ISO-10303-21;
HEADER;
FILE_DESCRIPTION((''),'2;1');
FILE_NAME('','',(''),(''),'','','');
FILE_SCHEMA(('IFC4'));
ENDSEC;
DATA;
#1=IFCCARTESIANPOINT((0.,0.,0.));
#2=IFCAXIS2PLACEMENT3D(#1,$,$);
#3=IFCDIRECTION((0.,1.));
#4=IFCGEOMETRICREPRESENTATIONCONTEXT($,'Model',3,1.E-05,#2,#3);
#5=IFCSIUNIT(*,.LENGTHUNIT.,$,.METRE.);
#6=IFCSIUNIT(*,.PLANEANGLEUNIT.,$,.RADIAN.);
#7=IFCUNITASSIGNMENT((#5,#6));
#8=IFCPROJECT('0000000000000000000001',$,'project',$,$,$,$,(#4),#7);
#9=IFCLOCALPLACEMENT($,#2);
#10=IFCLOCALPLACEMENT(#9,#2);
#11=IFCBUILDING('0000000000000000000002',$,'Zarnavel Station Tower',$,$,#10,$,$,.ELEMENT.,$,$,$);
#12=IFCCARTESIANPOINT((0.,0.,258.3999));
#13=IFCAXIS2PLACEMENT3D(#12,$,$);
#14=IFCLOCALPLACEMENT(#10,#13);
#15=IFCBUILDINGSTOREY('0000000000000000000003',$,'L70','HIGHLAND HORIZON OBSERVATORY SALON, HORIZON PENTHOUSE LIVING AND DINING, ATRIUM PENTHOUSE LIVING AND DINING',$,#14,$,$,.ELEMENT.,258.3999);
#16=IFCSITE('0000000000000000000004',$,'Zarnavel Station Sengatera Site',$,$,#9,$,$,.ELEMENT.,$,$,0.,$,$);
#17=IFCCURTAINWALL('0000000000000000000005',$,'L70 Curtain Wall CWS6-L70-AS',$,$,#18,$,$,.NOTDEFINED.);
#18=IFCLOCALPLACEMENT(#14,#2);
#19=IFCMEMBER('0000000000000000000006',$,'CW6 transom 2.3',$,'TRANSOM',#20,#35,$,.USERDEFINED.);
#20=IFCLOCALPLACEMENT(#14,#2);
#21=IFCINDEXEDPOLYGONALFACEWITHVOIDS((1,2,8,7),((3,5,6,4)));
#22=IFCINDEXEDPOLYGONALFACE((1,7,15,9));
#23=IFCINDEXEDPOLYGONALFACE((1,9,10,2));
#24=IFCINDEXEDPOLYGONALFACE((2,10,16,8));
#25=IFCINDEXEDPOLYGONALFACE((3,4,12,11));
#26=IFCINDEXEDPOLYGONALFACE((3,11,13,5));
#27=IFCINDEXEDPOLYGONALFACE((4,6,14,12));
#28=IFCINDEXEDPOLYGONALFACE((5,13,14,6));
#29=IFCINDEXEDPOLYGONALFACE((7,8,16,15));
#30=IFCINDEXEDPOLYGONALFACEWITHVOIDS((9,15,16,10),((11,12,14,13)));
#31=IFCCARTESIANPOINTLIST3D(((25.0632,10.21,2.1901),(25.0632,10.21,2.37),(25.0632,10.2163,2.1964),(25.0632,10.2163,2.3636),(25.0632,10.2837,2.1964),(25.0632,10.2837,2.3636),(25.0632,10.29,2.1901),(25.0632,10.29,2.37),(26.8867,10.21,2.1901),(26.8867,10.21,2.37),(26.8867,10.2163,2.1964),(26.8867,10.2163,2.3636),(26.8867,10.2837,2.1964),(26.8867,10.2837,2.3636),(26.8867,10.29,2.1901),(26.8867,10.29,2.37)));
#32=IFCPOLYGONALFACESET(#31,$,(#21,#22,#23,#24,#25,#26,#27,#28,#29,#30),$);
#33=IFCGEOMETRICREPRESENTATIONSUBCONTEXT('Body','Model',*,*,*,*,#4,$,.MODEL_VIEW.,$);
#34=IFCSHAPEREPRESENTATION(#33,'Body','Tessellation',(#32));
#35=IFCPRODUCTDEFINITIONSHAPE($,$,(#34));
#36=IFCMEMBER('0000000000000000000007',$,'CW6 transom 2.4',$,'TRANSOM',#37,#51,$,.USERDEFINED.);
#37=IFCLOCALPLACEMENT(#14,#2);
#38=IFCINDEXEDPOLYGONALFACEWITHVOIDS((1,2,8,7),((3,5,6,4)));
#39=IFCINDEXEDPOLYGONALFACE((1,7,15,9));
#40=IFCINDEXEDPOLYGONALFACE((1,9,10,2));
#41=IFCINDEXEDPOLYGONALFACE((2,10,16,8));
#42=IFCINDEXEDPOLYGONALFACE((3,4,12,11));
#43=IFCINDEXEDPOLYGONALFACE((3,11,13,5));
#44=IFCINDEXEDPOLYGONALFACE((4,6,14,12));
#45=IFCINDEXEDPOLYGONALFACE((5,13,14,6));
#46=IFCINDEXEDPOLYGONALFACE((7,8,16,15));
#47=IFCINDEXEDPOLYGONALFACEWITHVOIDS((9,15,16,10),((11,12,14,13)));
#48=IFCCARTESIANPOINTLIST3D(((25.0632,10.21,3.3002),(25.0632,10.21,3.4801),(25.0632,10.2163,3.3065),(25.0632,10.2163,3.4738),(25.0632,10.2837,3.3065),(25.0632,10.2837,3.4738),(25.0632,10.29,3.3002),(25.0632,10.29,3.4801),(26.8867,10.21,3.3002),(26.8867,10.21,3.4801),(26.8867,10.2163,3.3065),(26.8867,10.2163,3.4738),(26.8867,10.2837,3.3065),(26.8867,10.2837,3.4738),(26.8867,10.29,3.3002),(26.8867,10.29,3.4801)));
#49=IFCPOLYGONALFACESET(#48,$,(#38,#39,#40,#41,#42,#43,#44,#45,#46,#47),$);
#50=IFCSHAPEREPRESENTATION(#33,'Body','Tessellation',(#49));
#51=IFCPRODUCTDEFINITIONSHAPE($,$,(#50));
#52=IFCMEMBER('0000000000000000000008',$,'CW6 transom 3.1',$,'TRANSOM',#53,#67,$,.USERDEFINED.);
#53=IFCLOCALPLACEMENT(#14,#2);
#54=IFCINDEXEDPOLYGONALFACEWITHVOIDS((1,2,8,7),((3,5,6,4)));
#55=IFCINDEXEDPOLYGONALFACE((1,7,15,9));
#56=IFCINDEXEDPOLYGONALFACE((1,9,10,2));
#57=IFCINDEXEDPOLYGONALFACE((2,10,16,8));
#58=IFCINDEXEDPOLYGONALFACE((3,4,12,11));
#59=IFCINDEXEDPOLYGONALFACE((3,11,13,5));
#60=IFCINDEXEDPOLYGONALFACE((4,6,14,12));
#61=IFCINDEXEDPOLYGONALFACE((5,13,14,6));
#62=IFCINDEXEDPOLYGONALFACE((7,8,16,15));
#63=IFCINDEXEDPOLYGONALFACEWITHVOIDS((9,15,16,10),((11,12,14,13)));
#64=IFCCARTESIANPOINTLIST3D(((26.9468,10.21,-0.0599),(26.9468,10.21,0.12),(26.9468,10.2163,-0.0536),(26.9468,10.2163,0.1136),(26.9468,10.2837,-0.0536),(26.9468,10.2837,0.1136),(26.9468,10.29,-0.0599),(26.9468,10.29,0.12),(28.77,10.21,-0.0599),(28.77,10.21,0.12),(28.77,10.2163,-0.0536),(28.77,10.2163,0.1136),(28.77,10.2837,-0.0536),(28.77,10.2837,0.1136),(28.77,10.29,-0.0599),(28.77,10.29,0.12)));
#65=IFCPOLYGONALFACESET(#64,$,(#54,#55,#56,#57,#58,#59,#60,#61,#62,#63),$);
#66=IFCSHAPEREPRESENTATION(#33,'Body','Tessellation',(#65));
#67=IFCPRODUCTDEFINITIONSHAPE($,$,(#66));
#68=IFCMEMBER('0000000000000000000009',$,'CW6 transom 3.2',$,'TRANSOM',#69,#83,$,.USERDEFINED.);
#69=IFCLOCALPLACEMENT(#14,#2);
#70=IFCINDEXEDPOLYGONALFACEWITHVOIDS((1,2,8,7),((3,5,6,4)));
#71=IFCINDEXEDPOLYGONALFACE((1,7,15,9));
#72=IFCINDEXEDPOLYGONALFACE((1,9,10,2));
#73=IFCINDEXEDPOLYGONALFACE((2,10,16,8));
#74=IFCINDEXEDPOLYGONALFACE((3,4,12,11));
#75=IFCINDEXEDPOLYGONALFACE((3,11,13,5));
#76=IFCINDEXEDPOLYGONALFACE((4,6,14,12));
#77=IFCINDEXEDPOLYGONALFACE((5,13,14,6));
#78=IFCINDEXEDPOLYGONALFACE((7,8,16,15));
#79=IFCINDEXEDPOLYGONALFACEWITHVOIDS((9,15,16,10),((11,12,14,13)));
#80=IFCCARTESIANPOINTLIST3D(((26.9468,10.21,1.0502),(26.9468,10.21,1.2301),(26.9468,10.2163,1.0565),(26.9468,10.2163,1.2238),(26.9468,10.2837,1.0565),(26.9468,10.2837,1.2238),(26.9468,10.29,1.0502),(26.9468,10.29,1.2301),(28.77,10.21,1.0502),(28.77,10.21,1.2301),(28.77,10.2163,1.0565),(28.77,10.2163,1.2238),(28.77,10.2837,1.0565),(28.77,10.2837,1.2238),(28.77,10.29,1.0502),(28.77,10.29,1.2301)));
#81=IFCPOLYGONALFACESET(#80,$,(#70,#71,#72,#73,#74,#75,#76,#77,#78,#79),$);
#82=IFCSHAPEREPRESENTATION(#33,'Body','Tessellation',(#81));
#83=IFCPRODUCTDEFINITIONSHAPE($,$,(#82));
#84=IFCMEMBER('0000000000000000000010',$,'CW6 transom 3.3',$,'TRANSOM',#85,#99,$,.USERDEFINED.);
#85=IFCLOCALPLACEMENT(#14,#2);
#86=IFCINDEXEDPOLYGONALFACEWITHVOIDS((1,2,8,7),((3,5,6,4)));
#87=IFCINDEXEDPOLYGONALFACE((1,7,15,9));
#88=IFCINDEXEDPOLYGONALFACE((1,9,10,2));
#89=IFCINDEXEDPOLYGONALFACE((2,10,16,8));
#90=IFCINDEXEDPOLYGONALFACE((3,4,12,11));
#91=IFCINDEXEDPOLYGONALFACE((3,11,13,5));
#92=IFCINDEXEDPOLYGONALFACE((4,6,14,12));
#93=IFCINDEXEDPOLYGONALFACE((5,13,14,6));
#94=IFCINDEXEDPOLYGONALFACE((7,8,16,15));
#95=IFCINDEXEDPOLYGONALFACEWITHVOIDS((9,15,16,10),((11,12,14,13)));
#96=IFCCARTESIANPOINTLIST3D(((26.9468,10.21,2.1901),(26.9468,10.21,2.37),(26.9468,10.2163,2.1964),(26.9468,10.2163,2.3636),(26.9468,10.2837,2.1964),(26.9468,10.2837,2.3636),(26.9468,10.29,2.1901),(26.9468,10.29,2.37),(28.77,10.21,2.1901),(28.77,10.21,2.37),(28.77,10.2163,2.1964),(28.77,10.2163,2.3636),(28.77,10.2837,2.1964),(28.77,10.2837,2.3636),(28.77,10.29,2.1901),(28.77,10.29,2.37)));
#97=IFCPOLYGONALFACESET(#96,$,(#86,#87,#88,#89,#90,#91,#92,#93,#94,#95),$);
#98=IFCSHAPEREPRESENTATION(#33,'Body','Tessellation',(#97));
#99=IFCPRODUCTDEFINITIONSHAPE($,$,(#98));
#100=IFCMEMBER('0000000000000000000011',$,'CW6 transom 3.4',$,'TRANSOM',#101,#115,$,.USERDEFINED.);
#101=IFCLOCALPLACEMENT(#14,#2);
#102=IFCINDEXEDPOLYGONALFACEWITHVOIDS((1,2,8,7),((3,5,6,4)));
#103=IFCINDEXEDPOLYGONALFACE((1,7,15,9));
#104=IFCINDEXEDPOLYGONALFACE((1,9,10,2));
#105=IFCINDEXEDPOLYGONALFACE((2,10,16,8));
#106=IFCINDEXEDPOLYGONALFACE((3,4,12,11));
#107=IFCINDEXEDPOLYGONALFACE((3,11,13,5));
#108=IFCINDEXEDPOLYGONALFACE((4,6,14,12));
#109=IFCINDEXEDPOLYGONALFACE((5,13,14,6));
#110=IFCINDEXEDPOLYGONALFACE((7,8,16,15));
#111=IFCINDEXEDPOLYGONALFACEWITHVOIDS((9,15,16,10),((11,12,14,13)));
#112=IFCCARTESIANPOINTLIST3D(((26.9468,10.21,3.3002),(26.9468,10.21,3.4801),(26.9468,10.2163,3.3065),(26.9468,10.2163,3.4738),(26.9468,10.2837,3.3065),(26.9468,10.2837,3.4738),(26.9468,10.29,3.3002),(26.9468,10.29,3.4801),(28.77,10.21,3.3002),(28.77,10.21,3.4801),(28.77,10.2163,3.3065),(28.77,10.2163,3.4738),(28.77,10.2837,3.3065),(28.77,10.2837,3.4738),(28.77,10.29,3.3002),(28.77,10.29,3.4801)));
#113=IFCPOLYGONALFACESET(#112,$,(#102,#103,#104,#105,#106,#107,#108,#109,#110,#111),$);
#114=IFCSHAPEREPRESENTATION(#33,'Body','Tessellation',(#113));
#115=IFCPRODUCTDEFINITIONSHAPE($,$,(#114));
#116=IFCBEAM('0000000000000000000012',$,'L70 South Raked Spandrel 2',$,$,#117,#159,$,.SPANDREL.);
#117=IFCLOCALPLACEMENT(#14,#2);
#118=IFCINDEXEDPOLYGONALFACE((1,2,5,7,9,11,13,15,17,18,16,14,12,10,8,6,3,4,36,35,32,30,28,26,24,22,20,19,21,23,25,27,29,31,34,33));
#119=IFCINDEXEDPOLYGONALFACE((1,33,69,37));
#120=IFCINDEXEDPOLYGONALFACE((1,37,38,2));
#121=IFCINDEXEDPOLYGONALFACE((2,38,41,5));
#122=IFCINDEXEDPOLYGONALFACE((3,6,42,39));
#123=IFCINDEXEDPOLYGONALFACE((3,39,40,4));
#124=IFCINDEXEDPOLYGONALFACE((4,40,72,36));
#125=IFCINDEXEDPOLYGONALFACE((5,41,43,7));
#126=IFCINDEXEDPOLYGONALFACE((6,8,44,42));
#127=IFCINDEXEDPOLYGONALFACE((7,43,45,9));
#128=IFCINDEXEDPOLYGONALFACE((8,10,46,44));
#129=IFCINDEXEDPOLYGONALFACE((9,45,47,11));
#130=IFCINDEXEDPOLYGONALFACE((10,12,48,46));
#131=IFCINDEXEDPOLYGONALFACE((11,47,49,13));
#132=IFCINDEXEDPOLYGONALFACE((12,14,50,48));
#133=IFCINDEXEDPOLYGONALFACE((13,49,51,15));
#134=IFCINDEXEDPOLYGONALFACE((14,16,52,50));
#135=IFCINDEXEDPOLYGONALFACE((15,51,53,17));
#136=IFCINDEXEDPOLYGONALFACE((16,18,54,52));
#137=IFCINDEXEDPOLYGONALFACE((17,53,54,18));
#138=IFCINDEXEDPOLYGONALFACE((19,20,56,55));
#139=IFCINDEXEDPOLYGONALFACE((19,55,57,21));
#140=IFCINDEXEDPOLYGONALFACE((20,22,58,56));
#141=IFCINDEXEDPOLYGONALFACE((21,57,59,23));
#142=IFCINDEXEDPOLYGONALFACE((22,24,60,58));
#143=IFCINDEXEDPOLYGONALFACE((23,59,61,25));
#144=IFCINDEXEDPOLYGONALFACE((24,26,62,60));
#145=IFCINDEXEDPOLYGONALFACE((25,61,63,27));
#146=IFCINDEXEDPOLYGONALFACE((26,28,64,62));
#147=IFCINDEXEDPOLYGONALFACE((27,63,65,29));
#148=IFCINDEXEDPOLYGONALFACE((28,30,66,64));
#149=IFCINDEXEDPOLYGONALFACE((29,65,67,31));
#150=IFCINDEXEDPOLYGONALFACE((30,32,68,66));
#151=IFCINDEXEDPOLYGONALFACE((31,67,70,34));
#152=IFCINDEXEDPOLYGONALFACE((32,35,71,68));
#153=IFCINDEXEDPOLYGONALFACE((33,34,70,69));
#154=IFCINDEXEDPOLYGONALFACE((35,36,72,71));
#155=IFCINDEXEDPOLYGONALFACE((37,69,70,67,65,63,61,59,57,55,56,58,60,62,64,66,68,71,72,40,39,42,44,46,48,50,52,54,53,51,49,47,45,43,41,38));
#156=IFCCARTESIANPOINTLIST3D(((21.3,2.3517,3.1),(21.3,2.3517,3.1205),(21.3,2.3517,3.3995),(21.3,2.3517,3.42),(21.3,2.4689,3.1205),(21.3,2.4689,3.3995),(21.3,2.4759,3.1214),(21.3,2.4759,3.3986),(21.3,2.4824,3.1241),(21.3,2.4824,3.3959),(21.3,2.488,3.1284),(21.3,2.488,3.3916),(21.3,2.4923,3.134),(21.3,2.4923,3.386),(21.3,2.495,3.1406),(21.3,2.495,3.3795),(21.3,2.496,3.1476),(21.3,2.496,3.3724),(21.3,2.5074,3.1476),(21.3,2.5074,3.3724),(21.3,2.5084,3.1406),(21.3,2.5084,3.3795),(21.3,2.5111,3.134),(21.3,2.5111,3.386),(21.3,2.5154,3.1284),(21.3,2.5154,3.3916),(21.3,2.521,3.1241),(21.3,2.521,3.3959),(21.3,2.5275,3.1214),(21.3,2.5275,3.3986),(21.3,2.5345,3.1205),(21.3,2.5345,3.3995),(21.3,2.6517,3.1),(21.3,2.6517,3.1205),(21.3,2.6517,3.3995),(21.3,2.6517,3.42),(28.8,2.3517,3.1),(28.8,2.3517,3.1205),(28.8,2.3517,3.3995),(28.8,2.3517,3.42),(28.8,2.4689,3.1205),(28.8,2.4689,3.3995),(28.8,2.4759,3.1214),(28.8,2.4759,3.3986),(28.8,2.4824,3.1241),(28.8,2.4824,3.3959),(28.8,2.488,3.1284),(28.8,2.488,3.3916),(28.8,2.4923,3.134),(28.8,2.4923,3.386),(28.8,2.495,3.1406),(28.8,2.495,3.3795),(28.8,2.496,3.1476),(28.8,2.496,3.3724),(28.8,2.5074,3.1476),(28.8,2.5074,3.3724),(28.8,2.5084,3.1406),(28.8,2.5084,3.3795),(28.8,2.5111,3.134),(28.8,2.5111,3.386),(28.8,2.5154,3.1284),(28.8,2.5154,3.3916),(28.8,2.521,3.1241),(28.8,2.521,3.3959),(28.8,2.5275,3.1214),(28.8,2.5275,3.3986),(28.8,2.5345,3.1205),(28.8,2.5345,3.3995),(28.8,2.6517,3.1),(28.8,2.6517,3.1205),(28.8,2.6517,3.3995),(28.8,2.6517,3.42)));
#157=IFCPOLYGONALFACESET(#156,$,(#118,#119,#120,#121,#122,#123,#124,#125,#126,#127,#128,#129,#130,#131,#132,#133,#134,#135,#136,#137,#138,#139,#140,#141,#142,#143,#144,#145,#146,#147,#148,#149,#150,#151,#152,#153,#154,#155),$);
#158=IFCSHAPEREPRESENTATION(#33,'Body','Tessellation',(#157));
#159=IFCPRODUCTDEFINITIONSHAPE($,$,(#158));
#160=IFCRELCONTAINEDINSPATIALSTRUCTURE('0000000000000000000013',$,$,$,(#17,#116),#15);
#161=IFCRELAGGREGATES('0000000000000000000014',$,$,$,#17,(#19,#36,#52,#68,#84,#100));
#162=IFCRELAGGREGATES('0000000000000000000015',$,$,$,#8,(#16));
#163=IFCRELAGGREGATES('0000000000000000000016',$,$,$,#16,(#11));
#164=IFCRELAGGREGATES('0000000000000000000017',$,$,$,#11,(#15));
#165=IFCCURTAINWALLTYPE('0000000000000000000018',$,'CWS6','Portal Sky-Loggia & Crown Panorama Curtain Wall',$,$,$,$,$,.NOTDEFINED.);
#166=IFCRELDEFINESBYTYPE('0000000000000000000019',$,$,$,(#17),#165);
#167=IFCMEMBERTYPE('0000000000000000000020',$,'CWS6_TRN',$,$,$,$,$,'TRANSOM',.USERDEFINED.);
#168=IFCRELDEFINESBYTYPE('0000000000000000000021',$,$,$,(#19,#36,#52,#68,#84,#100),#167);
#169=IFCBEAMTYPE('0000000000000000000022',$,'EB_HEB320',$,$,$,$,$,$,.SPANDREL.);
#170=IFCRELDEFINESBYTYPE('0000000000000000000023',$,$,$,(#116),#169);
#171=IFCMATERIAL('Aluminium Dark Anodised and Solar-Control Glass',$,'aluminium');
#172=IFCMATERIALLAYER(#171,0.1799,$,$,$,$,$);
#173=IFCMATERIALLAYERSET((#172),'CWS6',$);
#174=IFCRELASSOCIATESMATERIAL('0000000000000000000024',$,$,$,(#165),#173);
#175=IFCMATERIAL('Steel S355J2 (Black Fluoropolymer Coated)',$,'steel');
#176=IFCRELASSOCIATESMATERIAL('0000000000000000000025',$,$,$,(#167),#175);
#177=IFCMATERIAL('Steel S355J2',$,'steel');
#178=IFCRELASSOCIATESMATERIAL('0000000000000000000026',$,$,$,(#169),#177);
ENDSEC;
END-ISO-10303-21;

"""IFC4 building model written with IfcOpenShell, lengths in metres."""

from ifc_helpers import new_model, si_unit, direction, frame, origin, origin_2d, place, context, subcontext, project, spatial, hollow_rectangle, i_section, extrude, material, layer, layer_set, material_profile, profile_set, type_object, element, aggregate, save


model = new_model("IFC4")

# Units and contexts
model_context = context("Model", 3, precision=1e-05, world=origin(), true_north=direction((0.0, 1.0)))
body_context = subcontext(model_context, "Body", "Model", "MODEL_VIEW")
ifc_project = project(units=[si_unit("LENGTHUNIT", "METRE"), si_unit("PLANEANGLEUNIT", "RADIAN")], contexts=[model_context])

# Site, building, storey
site_placement = place(None, origin())
site = spatial("IfcSite", under=ifc_project, at=site_placement, Name="Zarnavel Station Sengatera Site", CompositionType="ELEMENT", RefElevation=0.0)
building_placement = place(site_placement, origin())
building = spatial("IfcBuilding", under=site, at=building_placement, Name="Zarnavel Station Tower", CompositionType="ELEMENT")
storey_placement = place(building_placement, frame((0.0, 0.0, 258.3999)))
storey = spatial("IfcBuildingStorey", under=building, at=storey_placement, Name="L70", Description="HIGHLAND HORIZON OBSERVATORY SALON, HORIZON PENTHOUSE LIVING AND DINING, ATRIUM PENTHOUSE LIVING AND DINING", CompositionType="ELEMENT", Elevation=258.3999)

# Curtain wall, members
ifc_material_1 = material(Name="Aluminium Dark Anodised and Solar-Control Glass", Category="aluminium")
ifc_layer_1 = layer(ifc_material_1, 0.1799)
ifc_layer_set_1 = layer_set([ifc_layer_1], Name="CWS6")
curtain_wall_type = type_object("IfcCurtainWallType", Name="CWS6", Description="Portal Sky-Loggia & Crown Panorama Curtain Wall", PredefinedType="NOTDEFINED", material=ifc_layer_set_1)
curtain_wall_placement = place(storey_placement, origin())
curtain_wall = element("IfcCurtainWall", 1, at=curtain_wall_placement, inside=storey, type_object=curtain_wall_type, Name="L70 Curtain Wall CWS6-L70-AS", PredefinedType="NOTDEFINED")
ifc_material_2 = material(Name="Steel S355J2 (Black Fluoropolymer Coated)", Category="steel")
ifc_material_profile_1 = material_profile(ifc_material_2, hollow_rectangle(XDim=0.0801, YDim=0.1799, WallThickness=0.0063, at=origin_2d()), Name="RHS180x80x6.3")
ifc_profile_set_1 = profile_set([ifc_material_profile_1], Name="Steel S355J2 (Black Fluoropolymer Coated)")
member_type_1 = type_object("IfcMemberType", Name="CWS6_TRN", ElementType="TRANSOM", PredefinedType="USERDEFINED", material=ifc_profile_set_1)
member_1_placement = place(storey_placement, frame((25.0632, 10.25, 2.28), z_axis=(1.0, 0.0, 0.0), x_axis=(0.0, 1.0, 0.0)))
member_1 = element("IfcMember", 2, at=member_1_placement, type_object=member_type_1, Name="CW6 transom 2.3", ObjectType="TRANSOM", PredefinedType="USERDEFINED", context=body_context, shape_type="SweptSolid", body=[
    extrude(hollow_rectangle(XDim=0.0801, YDim=0.1799, WallThickness=0.0063, at=origin_2d()), origin(), (0.0, 0.0, 1.0), 1.8235),
])
member_2_placement = place(storey_placement, frame((25.0632, 10.25, 3.3901), z_axis=(1.0, 0.0, 0.0), x_axis=(0.0, 1.0, 0.0)))
member_2 = element("IfcMember", 3, at=member_2_placement, type_object=member_type_1, Name="CW6 transom 2.4", ObjectType="TRANSOM", PredefinedType="USERDEFINED", context=body_context, shape_type="SweptSolid", body=[
    extrude(hollow_rectangle(XDim=0.0801, YDim=0.1799, WallThickness=0.0063, at=origin_2d()), origin(), (0.0, 0.0, 1.0), 1.8235),
])
member_3_placement = place(storey_placement, frame((26.9468, 10.25, 0.03), z_axis=(1.0, 0.0, 0.0), x_axis=(0.0, 1.0, 0.0)))
member_3 = element("IfcMember", 4, at=member_3_placement, type_object=member_type_1, Name="CW6 transom 3.1", ObjectType="TRANSOM", PredefinedType="USERDEFINED", context=body_context, shape_type="SweptSolid", body=[
    extrude(hollow_rectangle(XDim=0.0801, YDim=0.1799, WallThickness=0.0063, at=origin_2d()), origin(), (0.0, 0.0, 1.0), 1.8232),
])
member_4_placement = place(storey_placement, frame((26.9468, 10.25, 1.1401), z_axis=(1.0, 0.0, 0.0), x_axis=(0.0, 1.0, 0.0)))
member_4 = element("IfcMember", 5, at=member_4_placement, type_object=member_type_1, Name="CW6 transom 3.2", ObjectType="TRANSOM", PredefinedType="USERDEFINED", context=body_context, shape_type="SweptSolid", body=[
    extrude(hollow_rectangle(XDim=0.0801, YDim=0.1799, WallThickness=0.0063, at=origin_2d()), origin(), (0.0, 0.0, 1.0), 1.8232),
])
member_5_placement = place(storey_placement, frame((26.9468, 10.25, 2.28), z_axis=(1.0, 0.0, 0.0), x_axis=(0.0, 1.0, 0.0)))
member_5 = element("IfcMember", 6, at=member_5_placement, type_object=member_type_1, Name="CW6 transom 3.3", ObjectType="TRANSOM", PredefinedType="USERDEFINED", context=body_context, shape_type="SweptSolid", body=[
    extrude(hollow_rectangle(XDim=0.0801, YDim=0.1799, WallThickness=0.0063, at=origin_2d()), origin(), (0.0, 0.0, 1.0), 1.8232),
])
member_6_placement = place(storey_placement, frame((26.9468, 10.25, 3.3901), z_axis=(1.0, 0.0, 0.0), x_axis=(0.0, 1.0, 0.0)))
member_6 = element("IfcMember", 7, at=member_6_placement, type_object=member_type_1, Name="CW6 transom 3.4", ObjectType="TRANSOM", PredefinedType="USERDEFINED", context=body_context, shape_type="SweptSolid", body=[
    extrude(hollow_rectangle(XDim=0.0801, YDim=0.1799, WallThickness=0.0063, at=origin_2d()), origin(), (0.0, 0.0, 1.0), 1.8232),
])

# Beam
ifc_material_3 = material(Name="Steel S355J2", Category="steel")
ifc_material_profile_2 = material_profile(ifc_material_3, i_section(OverallWidth=0.3, OverallDepth=0.3201, WebThickness=0.0115, FlangeThickness=0.0205, FilletRadius=0.0271, at=origin_2d()), Name="HEB320")
ifc_profile_set_2 = profile_set([ifc_material_profile_2], Name="Steel S355J2")
beam_type_1 = type_object("IfcBeamType", Name="EB_HEB320", PredefinedType="SPANDREL", material=ifc_profile_set_2)
beam_1_placement = place(storey_placement, frame((21.3, 2.5017, 3.26), z_axis=(1.0, 0.0, 0.0), x_axis=(0.0, 1.0, 0.0)))
element("IfcBeam", 8, at=beam_1_placement, inside=storey, type_object=beam_type_1, Name="L70 South Raked Spandrel 2", PredefinedType="SPANDREL", context=body_context, shape_type="SweptSolid", body=[
    extrude(i_section(OverallWidth=0.3, OverallDepth=0.3201, WebThickness=0.0115, FlangeThickness=0.0205, FilletRadius=0.0271, at=origin_2d()), origin(), (0.0, 0.0, 1.0), 7.5),
])

aggregate(curtain_wall, [member_1, member_2, member_3, member_4, member_5, member_6])

save(model, "model.ifc")
